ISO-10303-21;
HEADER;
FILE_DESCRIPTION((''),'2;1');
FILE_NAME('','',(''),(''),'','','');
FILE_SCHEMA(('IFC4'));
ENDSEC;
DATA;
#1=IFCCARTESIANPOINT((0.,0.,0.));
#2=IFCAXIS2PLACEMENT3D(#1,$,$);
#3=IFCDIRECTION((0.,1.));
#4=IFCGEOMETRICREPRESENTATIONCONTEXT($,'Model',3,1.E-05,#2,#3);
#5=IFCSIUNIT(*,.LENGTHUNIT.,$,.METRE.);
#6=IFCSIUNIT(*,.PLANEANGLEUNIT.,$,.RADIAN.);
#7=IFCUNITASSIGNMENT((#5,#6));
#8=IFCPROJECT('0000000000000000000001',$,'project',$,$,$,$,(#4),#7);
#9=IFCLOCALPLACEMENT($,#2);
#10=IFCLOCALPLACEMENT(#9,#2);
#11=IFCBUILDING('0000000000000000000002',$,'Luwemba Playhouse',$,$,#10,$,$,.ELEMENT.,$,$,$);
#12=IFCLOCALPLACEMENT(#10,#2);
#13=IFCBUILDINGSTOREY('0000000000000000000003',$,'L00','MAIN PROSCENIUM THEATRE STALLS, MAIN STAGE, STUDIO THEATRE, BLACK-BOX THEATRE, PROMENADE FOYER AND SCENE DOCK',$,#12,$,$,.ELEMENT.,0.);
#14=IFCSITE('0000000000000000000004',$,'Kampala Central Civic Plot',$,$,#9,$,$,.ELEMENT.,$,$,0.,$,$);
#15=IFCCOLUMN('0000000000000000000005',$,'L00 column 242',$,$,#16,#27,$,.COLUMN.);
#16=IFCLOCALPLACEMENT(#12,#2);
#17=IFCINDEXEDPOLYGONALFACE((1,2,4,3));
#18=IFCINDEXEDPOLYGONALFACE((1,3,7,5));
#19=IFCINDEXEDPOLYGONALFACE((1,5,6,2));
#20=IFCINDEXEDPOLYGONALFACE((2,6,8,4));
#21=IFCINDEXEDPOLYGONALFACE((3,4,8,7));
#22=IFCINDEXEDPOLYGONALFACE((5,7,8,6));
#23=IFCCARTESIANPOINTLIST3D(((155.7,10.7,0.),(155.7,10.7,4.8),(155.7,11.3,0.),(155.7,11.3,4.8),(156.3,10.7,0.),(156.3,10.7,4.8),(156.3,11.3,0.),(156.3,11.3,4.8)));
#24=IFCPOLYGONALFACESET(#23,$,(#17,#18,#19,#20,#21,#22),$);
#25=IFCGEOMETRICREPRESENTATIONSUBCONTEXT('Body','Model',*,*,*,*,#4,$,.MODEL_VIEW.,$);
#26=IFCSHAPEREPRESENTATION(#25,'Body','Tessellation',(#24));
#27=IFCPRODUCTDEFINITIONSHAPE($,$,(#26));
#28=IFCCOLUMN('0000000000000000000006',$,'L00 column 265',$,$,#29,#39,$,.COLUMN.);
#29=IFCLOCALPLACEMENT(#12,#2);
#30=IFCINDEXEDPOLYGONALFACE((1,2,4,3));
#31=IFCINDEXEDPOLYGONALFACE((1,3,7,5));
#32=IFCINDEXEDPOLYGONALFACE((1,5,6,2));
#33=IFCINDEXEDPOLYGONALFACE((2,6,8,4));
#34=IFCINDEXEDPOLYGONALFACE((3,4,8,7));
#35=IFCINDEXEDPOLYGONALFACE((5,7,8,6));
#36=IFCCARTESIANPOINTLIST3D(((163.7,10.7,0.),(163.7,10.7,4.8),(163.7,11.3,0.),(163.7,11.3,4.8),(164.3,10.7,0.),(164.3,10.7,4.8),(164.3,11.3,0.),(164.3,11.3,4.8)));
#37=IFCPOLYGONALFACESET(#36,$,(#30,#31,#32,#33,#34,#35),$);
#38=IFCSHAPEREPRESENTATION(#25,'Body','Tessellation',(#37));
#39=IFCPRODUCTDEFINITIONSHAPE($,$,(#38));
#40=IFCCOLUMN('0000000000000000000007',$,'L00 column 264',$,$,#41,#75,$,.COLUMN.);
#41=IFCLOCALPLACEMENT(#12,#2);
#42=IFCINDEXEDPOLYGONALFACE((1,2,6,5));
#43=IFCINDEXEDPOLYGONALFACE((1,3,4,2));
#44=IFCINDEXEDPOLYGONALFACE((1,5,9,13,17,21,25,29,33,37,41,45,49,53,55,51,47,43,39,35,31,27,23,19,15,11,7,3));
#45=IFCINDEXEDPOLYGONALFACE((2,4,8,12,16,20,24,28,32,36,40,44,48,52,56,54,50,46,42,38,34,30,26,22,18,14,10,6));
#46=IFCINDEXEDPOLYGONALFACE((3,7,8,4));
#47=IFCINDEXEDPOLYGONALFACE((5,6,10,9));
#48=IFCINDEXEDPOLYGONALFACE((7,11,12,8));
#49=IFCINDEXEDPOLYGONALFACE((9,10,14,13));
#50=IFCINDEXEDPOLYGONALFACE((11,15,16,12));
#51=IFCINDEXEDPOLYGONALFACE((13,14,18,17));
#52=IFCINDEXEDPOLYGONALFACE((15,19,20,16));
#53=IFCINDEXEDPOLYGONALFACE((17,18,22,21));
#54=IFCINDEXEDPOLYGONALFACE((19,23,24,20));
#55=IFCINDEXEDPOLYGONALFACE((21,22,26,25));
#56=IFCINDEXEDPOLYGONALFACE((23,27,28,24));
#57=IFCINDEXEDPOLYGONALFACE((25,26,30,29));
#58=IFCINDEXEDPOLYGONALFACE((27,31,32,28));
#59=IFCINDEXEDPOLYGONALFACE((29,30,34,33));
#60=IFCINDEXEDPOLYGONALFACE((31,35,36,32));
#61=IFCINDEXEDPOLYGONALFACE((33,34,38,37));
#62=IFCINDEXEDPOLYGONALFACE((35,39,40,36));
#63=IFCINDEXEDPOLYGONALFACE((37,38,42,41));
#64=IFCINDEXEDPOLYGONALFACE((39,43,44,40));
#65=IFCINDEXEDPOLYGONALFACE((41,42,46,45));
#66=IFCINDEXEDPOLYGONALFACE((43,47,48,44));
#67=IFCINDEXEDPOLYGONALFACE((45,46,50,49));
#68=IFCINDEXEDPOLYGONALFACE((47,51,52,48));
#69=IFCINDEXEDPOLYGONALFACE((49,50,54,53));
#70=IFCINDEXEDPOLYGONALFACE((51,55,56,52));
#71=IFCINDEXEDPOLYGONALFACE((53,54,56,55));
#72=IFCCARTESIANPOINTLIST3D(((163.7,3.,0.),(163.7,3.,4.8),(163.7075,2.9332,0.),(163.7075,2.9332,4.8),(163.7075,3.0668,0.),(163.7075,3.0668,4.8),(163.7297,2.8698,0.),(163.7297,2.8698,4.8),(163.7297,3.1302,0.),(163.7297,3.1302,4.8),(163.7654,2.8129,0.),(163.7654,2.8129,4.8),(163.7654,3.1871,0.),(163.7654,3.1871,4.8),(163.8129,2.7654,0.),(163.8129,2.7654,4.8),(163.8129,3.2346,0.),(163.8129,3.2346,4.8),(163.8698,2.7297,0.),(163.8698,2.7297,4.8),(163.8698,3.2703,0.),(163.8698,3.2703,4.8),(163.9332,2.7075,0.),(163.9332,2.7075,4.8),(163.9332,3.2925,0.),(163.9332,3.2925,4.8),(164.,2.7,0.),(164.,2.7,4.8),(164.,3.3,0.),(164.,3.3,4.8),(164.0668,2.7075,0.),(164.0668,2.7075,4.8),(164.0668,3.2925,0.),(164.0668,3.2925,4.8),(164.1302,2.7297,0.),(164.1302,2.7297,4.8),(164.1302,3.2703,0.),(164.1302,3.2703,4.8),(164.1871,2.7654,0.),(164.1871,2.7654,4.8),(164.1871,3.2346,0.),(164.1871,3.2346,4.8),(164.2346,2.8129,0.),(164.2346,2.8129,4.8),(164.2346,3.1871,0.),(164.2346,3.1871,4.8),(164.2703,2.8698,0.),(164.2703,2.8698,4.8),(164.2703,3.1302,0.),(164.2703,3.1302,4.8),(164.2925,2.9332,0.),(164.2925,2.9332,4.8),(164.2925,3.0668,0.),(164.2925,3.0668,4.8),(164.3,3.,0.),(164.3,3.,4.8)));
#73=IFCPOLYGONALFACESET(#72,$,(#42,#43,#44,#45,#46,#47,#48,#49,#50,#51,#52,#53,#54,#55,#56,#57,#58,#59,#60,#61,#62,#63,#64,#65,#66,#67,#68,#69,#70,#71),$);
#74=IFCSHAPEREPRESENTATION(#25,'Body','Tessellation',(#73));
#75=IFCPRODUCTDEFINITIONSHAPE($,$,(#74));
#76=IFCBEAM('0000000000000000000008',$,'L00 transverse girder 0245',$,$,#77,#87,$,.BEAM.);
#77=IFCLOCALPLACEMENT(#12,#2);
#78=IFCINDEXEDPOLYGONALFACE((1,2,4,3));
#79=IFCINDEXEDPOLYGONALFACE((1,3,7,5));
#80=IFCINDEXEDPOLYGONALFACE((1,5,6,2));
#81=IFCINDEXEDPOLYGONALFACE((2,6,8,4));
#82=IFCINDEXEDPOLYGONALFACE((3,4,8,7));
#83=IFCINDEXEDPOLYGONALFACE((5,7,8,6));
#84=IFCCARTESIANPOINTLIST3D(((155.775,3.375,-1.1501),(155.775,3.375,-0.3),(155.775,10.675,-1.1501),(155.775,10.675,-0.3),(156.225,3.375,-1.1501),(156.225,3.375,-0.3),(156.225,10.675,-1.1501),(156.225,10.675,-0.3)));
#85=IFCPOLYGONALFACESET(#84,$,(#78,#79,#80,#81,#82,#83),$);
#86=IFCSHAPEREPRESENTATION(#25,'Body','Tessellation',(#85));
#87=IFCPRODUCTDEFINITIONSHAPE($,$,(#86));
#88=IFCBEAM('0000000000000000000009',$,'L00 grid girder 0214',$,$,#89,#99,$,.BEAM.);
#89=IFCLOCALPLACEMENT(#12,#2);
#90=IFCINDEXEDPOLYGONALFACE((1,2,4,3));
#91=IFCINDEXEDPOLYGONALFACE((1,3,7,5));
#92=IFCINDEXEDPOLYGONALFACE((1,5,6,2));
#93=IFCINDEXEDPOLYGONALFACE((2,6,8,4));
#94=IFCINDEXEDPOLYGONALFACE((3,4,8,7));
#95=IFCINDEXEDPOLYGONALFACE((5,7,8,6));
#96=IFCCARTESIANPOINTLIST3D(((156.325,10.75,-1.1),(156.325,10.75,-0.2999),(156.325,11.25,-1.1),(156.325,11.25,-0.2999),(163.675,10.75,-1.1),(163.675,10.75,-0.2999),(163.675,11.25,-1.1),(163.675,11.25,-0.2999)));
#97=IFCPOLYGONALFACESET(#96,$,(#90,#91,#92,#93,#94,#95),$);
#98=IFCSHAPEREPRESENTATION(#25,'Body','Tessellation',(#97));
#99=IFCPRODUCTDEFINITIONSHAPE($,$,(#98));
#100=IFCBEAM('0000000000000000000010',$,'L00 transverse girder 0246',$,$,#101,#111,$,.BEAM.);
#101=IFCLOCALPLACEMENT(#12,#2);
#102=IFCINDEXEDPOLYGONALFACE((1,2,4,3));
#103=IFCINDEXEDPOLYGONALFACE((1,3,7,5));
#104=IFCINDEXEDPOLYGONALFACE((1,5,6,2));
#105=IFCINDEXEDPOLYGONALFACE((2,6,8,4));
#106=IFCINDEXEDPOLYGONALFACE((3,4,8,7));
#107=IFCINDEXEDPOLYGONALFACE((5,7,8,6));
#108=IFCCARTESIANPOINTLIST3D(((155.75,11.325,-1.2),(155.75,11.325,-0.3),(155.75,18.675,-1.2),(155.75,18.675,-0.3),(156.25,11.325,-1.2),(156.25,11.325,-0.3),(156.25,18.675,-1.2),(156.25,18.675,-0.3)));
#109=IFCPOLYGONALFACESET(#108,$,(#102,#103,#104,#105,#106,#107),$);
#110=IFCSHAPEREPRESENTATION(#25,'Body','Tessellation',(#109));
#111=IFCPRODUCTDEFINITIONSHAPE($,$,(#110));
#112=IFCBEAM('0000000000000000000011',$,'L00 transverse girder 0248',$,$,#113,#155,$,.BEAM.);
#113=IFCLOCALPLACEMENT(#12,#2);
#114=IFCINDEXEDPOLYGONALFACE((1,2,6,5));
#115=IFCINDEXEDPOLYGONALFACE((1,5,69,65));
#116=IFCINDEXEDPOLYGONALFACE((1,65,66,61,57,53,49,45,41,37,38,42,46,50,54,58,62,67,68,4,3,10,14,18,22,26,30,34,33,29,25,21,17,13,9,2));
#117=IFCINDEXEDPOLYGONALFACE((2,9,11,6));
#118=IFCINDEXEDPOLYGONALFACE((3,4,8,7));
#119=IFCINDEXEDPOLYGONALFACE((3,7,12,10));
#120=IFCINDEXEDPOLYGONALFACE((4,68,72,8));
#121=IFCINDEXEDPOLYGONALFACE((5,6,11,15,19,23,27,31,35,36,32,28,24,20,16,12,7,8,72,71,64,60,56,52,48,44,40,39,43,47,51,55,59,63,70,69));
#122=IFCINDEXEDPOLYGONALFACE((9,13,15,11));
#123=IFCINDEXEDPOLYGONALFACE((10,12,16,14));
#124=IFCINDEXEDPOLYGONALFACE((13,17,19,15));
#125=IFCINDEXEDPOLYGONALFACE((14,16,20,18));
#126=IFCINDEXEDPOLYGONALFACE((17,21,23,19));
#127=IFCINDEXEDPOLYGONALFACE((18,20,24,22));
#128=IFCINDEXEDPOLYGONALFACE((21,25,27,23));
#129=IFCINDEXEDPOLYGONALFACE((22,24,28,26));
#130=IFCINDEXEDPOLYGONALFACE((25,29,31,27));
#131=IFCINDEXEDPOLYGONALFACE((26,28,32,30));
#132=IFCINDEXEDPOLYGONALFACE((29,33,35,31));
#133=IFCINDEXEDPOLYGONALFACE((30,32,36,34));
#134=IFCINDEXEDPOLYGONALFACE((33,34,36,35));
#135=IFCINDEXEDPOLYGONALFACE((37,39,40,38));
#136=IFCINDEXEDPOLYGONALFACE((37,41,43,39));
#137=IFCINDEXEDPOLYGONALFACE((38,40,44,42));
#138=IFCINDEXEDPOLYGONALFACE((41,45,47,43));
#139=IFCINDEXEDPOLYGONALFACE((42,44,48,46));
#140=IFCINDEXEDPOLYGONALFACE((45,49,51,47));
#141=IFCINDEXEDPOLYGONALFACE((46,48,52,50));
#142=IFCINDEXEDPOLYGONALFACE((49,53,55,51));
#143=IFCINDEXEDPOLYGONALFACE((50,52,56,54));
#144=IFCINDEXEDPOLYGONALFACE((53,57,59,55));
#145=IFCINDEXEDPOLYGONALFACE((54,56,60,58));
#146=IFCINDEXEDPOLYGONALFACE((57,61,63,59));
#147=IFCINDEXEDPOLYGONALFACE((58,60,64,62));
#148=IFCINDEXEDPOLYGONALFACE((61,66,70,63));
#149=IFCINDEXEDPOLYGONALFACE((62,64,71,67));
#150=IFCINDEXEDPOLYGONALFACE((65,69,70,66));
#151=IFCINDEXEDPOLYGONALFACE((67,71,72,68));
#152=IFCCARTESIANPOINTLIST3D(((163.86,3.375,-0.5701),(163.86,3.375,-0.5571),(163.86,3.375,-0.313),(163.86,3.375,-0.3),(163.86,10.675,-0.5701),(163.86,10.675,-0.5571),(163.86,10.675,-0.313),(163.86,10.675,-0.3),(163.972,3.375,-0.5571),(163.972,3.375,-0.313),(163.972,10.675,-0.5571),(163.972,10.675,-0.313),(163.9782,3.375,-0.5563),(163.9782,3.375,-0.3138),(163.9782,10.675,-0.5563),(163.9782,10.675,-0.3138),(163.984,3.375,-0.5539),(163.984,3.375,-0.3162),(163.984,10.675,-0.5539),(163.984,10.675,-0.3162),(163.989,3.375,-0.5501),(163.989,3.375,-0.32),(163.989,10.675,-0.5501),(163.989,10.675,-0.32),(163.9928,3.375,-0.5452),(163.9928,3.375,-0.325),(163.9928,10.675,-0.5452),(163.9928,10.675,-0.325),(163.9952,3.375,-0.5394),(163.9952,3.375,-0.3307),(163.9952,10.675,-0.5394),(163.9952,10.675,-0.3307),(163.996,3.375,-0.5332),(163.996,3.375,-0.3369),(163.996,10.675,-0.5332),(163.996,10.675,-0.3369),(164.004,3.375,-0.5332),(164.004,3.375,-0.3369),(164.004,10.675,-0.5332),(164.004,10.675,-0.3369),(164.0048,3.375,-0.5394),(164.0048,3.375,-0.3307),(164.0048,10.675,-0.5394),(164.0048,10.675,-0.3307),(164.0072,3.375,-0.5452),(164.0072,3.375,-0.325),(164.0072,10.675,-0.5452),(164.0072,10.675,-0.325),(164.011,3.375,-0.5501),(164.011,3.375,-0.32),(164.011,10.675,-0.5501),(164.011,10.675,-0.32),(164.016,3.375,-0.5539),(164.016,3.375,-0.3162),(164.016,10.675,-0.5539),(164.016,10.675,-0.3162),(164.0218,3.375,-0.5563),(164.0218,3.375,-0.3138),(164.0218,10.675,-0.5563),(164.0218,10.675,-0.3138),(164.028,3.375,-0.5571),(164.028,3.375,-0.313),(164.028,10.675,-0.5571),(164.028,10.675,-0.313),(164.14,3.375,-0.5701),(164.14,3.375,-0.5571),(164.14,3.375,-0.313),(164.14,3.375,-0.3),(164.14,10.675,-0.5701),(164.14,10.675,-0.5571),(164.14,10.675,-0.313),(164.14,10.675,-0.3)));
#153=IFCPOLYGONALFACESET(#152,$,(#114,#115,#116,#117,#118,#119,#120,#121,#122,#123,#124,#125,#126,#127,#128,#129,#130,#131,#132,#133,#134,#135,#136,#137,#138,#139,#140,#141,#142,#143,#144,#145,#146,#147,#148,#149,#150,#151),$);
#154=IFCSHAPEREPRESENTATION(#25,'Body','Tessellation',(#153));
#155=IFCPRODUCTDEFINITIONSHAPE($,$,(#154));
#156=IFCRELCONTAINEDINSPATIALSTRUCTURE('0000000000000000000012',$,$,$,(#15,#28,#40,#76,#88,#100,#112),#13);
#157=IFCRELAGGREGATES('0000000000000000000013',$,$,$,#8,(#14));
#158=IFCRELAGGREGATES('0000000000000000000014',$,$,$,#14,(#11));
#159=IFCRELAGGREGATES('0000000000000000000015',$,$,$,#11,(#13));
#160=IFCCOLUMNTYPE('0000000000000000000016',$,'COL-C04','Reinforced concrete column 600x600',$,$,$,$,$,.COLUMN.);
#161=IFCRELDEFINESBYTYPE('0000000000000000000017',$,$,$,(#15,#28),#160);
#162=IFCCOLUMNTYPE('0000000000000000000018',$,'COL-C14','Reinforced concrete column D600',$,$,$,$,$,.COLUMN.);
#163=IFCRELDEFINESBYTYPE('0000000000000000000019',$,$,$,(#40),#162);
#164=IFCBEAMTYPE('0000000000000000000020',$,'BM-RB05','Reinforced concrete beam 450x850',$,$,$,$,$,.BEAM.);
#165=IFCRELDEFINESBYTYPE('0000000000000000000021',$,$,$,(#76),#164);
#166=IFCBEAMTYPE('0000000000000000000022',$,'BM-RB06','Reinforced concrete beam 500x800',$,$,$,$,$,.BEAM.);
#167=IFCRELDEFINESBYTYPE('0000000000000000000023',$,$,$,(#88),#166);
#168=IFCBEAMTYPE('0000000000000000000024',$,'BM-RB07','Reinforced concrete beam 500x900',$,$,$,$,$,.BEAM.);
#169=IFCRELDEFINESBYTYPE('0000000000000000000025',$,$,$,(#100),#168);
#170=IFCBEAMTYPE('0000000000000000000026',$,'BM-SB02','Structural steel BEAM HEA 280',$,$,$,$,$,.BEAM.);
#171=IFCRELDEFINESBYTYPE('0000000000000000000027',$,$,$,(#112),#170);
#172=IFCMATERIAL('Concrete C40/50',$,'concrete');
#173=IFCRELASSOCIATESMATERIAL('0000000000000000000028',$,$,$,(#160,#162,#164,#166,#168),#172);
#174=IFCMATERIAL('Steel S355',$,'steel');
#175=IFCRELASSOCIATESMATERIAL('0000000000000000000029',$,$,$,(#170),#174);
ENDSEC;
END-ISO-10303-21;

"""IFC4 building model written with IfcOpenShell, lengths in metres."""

from ifc_helpers import new_model, si_unit, direction, frame, origin, origin_2d, place, context, subcontext, project, spatial, rectangle, circle, i_section, extrude, material, material_profile, profile_set, type_object, element, save


model = new_model("IFC4")

# Units and contexts
model_context = context("Model", 3, precision=1e-05, world=origin(), true_north=direction((0.0, 1.0)))
body_context = subcontext(model_context, "Body", "Model", "MODEL_VIEW")
ifc_project = project(units=[si_unit("LENGTHUNIT", "METRE"), si_unit("PLANEANGLEUNIT", "RADIAN")], contexts=[model_context])

# Site, building, storey
site_placement = place(None, origin())
site = spatial("IfcSite", under=ifc_project, at=site_placement, Name="Kampala Central Civic Plot", CompositionType="ELEMENT", RefElevation=0.0)
building_placement = place(site_placement, origin())
building = spatial("IfcBuilding", under=site, at=building_placement, Name="Luwemba Playhouse", CompositionType="ELEMENT")
storey_placement = place(building_placement, origin())
storey = spatial("IfcBuildingStorey", under=building, at=storey_placement, Name="L00", Description="MAIN PROSCENIUM THEATRE STALLS, MAIN STAGE, STUDIO THEATRE, BLACK-BOX THEATRE, PROMENADE FOYER AND SCENE DOCK", CompositionType="ELEMENT", Elevation=0.0)

# Columns
ifc_material_1 = material(Name="Concrete C40/50", Category="concrete")
ifc_material_profile_1 = material_profile(ifc_material_1, rectangle(XDim=0.6001, YDim=0.6001, at=origin_2d()))
ifc_profile_set_1 = profile_set([ifc_material_profile_1], Name="Concrete C40/50")
column_type_1 = type_object("IfcColumnType", Name="COL-C04", Description="Reinforced concrete column 600x600", PredefinedType="COLUMN", material=ifc_profile_set_1)
for number, where, z_axis, x_axis, name in (
    (1, (156.0, 11.0, 0.0), (0.0, 0.0, 1.0), (1.0, 0.0, 0.0), "L00 column 242"),
    (2, (164.0, 11.0, 0.0), (0.0, 0.0, 1.0), (1.0, 0.0, 0.0), "L00 column 265"),
):
    element("IfcColumn", number, at=place(storey_placement, frame(where, z_axis=z_axis, x_axis=x_axis)), inside=storey, type_object=column_type_1, Name=name, PredefinedType="COLUMN", context=body_context, shape_type="SweptSolid", body=[
        extrude(rectangle(XDim=0.6001, YDim=0.6001, at=origin_2d()), origin(), (0.0, 0.0, 1.0), 4.8),
    ])
ifc_material_profile_2 = material_profile(ifc_material_1, circle(Radius=0.3, at=origin_2d()))
ifc_profile_set_2 = profile_set([ifc_material_profile_2], Name="Concrete C40/50")
column_type_2 = type_object("IfcColumnType", Name="COL-C14", Description="Reinforced concrete column D600", PredefinedType="COLUMN", material=ifc_profile_set_2)
column_placement = place(storey_placement, frame((164.0, 3.0, 0.0), z_axis=(0.0, 0.0, 1.0), x_axis=(1.0, 0.0, 0.0)))
element("IfcColumn", 3, at=column_placement, inside=storey, type_object=column_type_2, Name="L00 column 264", PredefinedType="COLUMN", context=body_context, shape_type="SweptSolid", body=[
    extrude(circle(Radius=0.3, at=origin_2d()), origin(), (0.0, 0.0, 1.0), 4.8),
])

# Beams
ifc_material_profile_3 = material_profile(ifc_material_1, rectangle(XDim=0.45, YDim=0.8501, at=origin_2d()))
ifc_profile_set_3 = profile_set([ifc_material_profile_3], Name="Concrete C40/50")
beam_type_1 = type_object("IfcBeamType", Name="BM-RB05", Description="Reinforced concrete beam 450x850", PredefinedType="BEAM", material=ifc_profile_set_3)
beam_1_placement = place(storey_placement, frame((156.0, 3.375, -0.7251), z_axis=(0.0, 1.0, 0.0), x_axis=(-1.0, 0.0, 0.0)))
element("IfcBeam", 4, at=beam_1_placement, inside=storey, type_object=beam_type_1, Name="L00 transverse girder 0245", PredefinedType="BEAM", context=body_context, shape_type="SweptSolid", body=[
    extrude(rectangle(XDim=0.45, YDim=0.8501, at=origin_2d()), origin(), (0.0, 0.0, 1.0), 7.3),
])
ifc_material_profile_4 = material_profile(ifc_material_1, rectangle(XDim=0.5, YDim=0.8, at=origin_2d()))
ifc_profile_set_4 = profile_set([ifc_material_profile_4], Name="Concrete C40/50")
beam_type_2 = type_object("IfcBeamType", Name="BM-RB06", Description="Reinforced concrete beam 500x800", PredefinedType="BEAM", material=ifc_profile_set_4)
beam_2_placement = place(storey_placement, frame((156.325, 11.0, -0.7), z_axis=(1.0, 0.0, 0.0), x_axis=(0.0, 1.0, 0.0)))
element("IfcBeam", 5, at=beam_2_placement, inside=storey, type_object=beam_type_2, Name="L00 grid girder 0214", PredefinedType="BEAM", context=body_context, shape_type="SweptSolid", body=[
    extrude(rectangle(XDim=0.5, YDim=0.8, at=origin_2d()), origin(), (0.0, 0.0, 1.0), 7.3501),
])
ifc_material_profile_5 = material_profile(ifc_material_1, rectangle(XDim=0.5, YDim=0.8999, at=origin_2d()))
ifc_profile_set_5 = profile_set([ifc_material_profile_5], Name="Concrete C40/50")
beam_type_3 = type_object("IfcBeamType", Name="BM-RB07", Description="Reinforced concrete beam 500x900", PredefinedType="BEAM", material=ifc_profile_set_5)
beam_3_placement = place(storey_placement, frame((156.0, 11.325, -0.75), z_axis=(0.0, 1.0, 0.0), x_axis=(-1.0, 0.0, 0.0)))
element("IfcBeam", 6, at=beam_3_placement, inside=storey, type_object=beam_type_3, Name="L00 transverse girder 0246", PredefinedType="BEAM", context=body_context, shape_type="SweptSolid", body=[
    extrude(rectangle(XDim=0.5, YDim=0.8999, at=origin_2d()), origin(), (0.0, 0.0, 1.0), 7.3501),
])
ifc_material_2 = material(Name="Steel S355", Category="steel")
ifc_material_profile_6 = material_profile(ifc_material_2, i_section(OverallWidth=0.28, OverallDepth=0.27, WebThickness=0.0081, FlangeThickness=0.0129, FilletRadius=0.0239, at=origin_2d()))
ifc_profile_set_6 = profile_set([ifc_material_profile_6], Name="Steel S355")
beam_type_4 = type_object("IfcBeamType", Name="BM-SB02", Description="Structural steel BEAM HEA 280", PredefinedType="BEAM", material=ifc_profile_set_6)
beam_4_placement = place(storey_placement, frame((164.0, 3.375, -0.4351), z_axis=(0.0, 1.0, 0.0), x_axis=(-1.0, 0.0, 0.0)))
element("IfcBeam", 7, at=beam_4_placement, inside=storey, type_object=beam_type_4, Name="L00 transverse girder 0248", PredefinedType="BEAM", context=body_context, shape_type="SweptSolid", body=[
    extrude(i_section(OverallWidth=0.28, OverallDepth=0.27, WebThickness=0.0081, FlangeThickness=0.0129, FilletRadius=0.0239, at=origin_2d()), origin(), (0.0, 0.0, 1.0), 7.3),
])

save(model, "model.ifc")
